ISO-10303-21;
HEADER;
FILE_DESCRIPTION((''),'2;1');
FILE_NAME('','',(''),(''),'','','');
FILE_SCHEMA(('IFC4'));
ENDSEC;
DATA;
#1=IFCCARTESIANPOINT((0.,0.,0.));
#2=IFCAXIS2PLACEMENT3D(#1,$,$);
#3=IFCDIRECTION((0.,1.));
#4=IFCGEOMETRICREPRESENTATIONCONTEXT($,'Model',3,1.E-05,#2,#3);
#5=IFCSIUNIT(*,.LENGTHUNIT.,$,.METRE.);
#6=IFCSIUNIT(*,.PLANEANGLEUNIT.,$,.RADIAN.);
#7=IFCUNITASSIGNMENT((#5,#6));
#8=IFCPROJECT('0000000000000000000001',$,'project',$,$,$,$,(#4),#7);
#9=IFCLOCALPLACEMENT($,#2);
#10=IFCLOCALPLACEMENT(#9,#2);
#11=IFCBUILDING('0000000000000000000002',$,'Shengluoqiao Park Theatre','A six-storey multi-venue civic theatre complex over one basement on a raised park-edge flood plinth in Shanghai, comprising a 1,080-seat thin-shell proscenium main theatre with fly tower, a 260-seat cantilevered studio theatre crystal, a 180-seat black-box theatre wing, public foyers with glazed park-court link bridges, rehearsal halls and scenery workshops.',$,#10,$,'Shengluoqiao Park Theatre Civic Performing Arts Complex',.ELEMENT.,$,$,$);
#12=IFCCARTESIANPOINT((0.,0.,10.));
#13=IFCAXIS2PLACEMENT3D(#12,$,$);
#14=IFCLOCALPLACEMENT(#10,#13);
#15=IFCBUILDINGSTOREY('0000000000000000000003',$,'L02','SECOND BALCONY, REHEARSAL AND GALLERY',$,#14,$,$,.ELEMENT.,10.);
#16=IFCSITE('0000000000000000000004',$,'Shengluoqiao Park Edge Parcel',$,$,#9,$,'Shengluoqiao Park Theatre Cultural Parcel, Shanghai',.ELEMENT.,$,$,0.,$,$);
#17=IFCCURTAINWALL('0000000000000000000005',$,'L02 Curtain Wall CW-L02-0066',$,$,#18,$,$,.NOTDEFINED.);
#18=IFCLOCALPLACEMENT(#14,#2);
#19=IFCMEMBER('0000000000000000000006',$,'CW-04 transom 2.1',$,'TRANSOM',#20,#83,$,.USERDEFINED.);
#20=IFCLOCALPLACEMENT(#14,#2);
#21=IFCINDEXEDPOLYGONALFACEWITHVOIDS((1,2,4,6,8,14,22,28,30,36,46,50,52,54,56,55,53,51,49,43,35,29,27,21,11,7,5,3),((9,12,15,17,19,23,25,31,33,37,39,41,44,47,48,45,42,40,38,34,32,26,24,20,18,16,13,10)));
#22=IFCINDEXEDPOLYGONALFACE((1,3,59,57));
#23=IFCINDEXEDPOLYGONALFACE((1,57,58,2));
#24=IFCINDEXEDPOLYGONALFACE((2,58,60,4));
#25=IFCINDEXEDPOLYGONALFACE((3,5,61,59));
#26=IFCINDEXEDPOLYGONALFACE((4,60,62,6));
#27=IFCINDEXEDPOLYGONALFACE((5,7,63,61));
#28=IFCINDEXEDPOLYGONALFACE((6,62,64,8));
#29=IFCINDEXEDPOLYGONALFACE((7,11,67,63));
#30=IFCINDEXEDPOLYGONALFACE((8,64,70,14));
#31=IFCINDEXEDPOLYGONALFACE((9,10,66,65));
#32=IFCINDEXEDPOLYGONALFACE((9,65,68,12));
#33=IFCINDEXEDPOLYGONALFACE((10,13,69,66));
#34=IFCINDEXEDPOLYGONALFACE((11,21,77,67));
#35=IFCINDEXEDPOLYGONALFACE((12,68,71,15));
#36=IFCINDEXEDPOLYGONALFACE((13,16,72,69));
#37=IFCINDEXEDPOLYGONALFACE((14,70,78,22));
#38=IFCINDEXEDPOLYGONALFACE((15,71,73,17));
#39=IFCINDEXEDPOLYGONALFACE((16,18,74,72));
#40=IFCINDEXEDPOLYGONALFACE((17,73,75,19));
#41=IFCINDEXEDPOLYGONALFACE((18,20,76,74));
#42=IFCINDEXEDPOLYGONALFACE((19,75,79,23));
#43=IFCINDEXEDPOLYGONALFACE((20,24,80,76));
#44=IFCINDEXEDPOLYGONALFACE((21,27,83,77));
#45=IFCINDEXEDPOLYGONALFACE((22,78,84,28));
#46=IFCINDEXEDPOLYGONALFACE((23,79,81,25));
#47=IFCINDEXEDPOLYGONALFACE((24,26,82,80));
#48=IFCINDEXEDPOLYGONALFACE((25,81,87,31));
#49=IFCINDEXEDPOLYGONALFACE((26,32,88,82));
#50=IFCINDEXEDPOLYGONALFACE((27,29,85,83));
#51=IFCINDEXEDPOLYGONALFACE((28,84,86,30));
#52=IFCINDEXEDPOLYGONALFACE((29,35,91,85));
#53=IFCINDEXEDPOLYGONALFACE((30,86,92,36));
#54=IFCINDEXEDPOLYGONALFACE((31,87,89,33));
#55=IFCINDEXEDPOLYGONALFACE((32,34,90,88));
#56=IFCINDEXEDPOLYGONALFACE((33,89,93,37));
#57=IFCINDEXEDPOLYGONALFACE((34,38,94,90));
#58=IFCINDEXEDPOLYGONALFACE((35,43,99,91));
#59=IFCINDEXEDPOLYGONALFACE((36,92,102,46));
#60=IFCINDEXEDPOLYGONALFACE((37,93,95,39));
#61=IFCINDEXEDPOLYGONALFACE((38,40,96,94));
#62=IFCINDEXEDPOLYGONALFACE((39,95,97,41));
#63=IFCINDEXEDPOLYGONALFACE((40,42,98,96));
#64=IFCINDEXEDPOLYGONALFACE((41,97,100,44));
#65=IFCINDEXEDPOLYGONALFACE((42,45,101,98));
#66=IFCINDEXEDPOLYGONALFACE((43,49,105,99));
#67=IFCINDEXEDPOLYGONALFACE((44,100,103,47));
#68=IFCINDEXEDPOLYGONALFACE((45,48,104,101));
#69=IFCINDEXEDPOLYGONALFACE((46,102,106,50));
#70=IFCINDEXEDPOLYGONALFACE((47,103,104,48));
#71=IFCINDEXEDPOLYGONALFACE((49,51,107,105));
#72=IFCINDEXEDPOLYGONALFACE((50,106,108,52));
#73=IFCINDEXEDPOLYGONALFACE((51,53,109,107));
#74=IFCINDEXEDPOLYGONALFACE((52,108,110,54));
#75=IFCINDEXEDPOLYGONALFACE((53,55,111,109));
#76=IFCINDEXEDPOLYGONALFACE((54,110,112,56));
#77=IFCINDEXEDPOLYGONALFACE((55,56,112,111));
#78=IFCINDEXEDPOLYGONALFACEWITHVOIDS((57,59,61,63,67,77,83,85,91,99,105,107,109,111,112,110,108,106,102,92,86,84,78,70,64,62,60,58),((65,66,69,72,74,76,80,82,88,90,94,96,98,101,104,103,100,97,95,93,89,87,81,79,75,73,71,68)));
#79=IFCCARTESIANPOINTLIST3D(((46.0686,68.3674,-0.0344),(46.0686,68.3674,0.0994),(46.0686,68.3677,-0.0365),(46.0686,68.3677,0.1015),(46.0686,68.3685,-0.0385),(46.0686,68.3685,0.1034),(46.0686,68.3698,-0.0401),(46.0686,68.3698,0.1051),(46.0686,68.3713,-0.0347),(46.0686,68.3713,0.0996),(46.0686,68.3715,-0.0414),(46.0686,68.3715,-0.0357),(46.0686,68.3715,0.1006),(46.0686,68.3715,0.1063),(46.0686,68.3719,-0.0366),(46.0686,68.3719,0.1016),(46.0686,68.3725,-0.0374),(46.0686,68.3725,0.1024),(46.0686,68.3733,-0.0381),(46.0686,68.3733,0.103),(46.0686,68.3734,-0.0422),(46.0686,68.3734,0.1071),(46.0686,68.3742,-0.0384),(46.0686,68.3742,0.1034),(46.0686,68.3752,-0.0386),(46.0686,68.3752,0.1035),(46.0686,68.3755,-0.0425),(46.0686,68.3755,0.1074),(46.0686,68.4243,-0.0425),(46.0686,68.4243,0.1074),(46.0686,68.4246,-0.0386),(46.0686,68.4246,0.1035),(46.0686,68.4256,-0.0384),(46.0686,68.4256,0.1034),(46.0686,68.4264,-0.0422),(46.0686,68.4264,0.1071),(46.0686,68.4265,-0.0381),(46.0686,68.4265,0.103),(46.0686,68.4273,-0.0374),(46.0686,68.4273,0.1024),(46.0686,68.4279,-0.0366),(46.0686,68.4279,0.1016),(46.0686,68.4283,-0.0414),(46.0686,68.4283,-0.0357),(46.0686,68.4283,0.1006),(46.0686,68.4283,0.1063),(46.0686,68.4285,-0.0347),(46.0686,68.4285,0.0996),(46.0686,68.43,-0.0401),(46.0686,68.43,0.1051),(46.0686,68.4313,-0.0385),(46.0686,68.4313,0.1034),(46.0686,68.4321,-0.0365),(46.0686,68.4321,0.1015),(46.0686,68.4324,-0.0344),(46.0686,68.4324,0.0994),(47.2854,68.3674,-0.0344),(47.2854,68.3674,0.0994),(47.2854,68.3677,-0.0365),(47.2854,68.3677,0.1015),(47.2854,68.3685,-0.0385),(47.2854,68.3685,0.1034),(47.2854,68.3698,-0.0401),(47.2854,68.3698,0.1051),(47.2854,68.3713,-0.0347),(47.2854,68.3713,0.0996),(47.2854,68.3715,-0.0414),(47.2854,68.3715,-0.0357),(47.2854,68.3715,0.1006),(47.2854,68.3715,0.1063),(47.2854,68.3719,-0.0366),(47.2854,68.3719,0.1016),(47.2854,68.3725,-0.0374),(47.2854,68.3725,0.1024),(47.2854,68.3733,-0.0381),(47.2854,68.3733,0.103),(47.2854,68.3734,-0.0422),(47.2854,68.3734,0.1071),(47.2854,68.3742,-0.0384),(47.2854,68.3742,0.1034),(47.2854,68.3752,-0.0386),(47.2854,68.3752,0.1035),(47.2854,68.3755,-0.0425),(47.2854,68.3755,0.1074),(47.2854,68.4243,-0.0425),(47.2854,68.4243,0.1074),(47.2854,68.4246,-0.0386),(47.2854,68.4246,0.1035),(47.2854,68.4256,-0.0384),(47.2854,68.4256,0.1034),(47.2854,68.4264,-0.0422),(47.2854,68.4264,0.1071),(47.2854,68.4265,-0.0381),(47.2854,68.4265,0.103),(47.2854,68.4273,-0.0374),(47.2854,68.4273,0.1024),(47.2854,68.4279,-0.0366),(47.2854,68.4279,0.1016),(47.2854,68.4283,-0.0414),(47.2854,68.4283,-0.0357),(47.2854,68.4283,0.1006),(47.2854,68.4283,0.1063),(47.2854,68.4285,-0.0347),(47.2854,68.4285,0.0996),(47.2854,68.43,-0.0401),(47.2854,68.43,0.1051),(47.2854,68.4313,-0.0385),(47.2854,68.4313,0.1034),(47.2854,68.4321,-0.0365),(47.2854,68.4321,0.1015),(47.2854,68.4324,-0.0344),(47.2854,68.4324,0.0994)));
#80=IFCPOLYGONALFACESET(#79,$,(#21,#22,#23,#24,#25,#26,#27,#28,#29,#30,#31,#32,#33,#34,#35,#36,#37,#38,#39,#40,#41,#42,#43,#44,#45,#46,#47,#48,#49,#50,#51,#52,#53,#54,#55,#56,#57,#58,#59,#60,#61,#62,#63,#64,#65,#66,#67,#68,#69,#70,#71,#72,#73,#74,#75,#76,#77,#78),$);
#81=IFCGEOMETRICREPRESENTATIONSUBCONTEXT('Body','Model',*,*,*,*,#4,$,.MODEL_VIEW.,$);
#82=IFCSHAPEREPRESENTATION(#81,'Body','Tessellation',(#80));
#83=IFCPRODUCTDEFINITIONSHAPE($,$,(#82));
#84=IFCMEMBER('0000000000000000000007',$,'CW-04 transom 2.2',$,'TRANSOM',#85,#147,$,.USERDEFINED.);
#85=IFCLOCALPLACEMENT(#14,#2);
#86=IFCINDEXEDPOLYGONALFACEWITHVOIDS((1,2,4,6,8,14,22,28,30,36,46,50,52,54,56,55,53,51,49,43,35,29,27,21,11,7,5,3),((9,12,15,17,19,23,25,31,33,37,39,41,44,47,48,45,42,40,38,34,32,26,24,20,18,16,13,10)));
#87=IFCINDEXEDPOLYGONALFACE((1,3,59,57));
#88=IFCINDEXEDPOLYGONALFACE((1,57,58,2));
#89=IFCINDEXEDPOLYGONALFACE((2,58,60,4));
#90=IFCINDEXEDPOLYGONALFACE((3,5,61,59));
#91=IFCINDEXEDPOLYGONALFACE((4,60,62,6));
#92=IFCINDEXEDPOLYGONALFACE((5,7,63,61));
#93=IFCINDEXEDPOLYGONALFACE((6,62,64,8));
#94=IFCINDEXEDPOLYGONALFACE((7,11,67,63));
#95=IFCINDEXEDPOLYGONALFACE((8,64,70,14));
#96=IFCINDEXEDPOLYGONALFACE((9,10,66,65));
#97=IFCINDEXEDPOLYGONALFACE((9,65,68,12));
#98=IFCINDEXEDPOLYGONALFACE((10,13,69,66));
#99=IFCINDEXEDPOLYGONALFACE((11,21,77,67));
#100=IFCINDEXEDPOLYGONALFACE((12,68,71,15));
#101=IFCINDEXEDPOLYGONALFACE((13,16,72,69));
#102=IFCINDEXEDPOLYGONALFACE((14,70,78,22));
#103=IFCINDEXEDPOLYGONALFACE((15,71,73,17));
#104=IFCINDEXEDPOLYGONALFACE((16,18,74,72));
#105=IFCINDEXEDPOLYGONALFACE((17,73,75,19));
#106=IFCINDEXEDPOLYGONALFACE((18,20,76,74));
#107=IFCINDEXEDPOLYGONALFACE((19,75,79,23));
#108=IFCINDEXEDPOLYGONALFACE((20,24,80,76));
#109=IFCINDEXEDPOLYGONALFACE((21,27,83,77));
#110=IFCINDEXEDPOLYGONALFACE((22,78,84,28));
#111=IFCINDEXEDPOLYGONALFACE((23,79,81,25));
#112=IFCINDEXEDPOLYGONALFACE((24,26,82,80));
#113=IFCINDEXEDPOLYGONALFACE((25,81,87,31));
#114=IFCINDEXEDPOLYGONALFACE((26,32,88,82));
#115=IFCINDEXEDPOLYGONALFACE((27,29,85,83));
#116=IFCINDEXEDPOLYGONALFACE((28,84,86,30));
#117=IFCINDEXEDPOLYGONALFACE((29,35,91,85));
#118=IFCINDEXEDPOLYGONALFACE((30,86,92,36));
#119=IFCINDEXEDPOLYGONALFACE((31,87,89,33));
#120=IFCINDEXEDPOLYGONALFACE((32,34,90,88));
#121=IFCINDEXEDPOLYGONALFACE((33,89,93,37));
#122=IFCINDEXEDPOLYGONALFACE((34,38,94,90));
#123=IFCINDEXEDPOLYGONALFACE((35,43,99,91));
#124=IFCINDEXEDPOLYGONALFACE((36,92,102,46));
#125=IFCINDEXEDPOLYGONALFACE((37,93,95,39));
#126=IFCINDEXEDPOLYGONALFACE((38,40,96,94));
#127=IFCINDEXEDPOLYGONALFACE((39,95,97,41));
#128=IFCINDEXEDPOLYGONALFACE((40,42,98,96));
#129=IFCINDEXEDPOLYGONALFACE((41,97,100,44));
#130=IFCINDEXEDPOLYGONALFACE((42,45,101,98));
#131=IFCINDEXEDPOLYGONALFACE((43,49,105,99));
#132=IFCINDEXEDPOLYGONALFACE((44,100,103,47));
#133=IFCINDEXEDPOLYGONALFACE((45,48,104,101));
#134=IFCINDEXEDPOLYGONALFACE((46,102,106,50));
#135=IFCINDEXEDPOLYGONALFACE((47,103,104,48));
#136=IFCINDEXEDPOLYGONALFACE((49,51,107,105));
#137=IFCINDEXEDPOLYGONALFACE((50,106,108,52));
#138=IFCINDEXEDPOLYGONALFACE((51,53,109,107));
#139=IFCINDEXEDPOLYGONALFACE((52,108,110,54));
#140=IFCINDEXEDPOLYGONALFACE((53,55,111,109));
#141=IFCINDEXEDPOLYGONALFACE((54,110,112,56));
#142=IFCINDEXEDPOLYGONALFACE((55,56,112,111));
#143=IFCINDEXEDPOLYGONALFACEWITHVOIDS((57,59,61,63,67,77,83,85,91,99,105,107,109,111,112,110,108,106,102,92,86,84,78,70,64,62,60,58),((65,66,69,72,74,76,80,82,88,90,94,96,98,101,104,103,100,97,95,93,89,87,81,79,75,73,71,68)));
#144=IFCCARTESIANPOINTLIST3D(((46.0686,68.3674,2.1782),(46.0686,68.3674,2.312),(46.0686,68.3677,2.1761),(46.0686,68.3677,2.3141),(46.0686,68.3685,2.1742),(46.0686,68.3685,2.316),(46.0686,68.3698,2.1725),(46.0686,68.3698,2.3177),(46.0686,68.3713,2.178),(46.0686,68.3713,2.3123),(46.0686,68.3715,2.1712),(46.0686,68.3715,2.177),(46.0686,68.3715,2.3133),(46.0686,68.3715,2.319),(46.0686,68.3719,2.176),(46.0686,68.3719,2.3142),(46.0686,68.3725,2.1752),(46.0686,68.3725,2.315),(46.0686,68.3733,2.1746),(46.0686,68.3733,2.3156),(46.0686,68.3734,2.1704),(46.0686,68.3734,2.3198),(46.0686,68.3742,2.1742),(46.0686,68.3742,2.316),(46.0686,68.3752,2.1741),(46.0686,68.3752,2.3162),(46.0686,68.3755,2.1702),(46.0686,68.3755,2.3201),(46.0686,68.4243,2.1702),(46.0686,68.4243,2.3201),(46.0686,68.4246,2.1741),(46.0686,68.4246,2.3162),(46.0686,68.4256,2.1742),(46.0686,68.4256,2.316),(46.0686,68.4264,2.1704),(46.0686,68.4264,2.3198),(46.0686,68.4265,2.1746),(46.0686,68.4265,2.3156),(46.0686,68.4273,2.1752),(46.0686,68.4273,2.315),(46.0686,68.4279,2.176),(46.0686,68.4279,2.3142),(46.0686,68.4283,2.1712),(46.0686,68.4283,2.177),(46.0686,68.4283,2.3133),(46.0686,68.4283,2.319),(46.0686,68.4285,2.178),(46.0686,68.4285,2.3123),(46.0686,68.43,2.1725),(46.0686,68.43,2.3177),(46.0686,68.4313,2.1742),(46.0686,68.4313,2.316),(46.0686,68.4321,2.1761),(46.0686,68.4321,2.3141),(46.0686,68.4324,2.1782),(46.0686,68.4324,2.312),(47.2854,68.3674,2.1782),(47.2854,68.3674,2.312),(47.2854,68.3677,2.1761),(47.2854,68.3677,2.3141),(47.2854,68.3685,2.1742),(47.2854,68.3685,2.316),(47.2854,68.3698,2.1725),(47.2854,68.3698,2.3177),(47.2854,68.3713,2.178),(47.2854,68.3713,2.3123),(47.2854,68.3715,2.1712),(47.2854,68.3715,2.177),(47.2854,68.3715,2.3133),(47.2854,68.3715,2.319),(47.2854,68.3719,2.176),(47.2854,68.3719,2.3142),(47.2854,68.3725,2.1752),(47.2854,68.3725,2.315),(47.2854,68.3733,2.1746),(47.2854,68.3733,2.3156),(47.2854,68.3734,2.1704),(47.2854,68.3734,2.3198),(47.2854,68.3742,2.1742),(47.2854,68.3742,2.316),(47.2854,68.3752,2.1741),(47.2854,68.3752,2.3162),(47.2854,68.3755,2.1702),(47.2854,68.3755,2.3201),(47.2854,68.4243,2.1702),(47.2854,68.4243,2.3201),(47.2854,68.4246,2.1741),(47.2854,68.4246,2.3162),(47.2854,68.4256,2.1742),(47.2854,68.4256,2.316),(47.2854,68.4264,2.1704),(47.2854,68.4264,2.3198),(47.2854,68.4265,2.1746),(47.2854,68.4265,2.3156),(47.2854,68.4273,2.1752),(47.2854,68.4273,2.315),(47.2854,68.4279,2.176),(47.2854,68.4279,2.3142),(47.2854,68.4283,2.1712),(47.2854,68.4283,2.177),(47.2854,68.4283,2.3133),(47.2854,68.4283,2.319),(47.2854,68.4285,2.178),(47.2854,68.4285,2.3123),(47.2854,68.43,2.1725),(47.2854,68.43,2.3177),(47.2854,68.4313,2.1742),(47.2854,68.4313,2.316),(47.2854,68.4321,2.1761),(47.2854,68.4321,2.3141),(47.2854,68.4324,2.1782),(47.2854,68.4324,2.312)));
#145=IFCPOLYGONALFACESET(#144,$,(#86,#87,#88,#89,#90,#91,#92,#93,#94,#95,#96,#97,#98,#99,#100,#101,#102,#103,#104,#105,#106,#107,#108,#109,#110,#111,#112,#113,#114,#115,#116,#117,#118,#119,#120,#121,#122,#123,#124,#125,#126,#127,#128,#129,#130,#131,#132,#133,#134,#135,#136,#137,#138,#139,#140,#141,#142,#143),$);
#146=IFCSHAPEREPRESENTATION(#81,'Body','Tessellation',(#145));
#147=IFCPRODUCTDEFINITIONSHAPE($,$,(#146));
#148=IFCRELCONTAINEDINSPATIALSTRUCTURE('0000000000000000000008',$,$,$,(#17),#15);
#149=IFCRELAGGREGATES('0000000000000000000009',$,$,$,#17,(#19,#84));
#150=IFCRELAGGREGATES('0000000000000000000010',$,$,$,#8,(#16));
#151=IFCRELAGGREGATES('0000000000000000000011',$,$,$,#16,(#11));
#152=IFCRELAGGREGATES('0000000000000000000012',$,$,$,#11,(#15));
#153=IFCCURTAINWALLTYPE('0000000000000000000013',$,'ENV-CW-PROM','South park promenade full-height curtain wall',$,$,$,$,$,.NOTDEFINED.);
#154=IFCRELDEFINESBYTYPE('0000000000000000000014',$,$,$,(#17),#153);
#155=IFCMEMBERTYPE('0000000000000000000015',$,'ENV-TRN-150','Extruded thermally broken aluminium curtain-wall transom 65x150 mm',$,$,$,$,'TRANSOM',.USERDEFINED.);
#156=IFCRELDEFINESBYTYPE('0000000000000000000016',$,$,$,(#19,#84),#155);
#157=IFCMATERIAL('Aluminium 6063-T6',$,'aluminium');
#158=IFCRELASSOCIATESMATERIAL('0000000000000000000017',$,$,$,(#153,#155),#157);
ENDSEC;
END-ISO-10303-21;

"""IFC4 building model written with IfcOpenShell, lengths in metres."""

from ifc_helpers import new_model, si_unit, direction, frame, origin, origin_2d, place, context, subcontext, project, spatial, hollow_rectangle, extrude, material, material_profile, profile_set, type_object, element, aggregate, save


model = new_model("IFC4")

# Units and contexts
model_context = context("Model", 3, precision=1e-05, world=origin(), true_north=direction((0.0, 1.0)))
body_context = subcontext(model_context, "Body", "Model", "MODEL_VIEW")
ifc_project = project(units=[si_unit("LENGTHUNIT", "METRE"), si_unit("PLANEANGLEUNIT", "RADIAN")], contexts=[model_context])

# Site, building, storey
site_placement = place(None, origin())
site = spatial("IfcSite", under=ifc_project, at=site_placement, Name="Shengluoqiao Park Edge Parcel", LongName="Shengluoqiao Park Theatre Cultural Parcel, Shanghai", CompositionType="ELEMENT", RefElevation=0.0)
building_placement = place(site_placement, origin())
building = spatial("IfcBuilding", under=site, at=building_placement, Name="Shengluoqiao Park Theatre", Description="A six-storey multi-venue civic theatre complex over one basement on a raised park-edge flood plinth in Shanghai, comprising a 1,080-seat thin-shell proscenium main theatre with fly tower, a 260-seat cantilevered studio theatre crystal, a 180-seat black-box theatre wing, public foyers with glazed park-court link bridges, rehearsal halls and scenery workshops.", LongName="Shengluoqiao Park Theatre Civic Performing Arts Complex", CompositionType="ELEMENT")
storey_placement = place(building_placement, frame((0.0, 0.0, 10.0)))
storey = spatial("IfcBuildingStorey", under=building, at=storey_placement, Name="L02", Description="SECOND BALCONY, REHEARSAL AND GALLERY", CompositionType="ELEMENT", Elevation=10.0)

# Curtain wall
ifc_material_1 = material(Name="Aluminium 6063-T6", Category="aluminium")
curtain_wall_type = type_object("IfcCurtainWallType", Name="ENV-CW-PROM", Description="South park promenade full-height curtain wall", PredefinedType="NOTDEFINED", material=ifc_material_1)
curtain_wall_1_placement = place(storey_placement, origin())
curtain_wall_1 = element("IfcCurtainWall", 1, at=curtain_wall_1_placement, inside=storey, type_object=curtain_wall_type, Name="L02 Curtain Wall CW-L02-0066", PredefinedType="NOTDEFINED")

# Members
ifc_material_profile_1 = material_profile(ifc_material_1, hollow_rectangle(XDim=0.0649, YDim=0.1499, WallThickness=0.0039, InnerFilletRadius=0.0039, OuterFilletRadius=0.0081, at=origin_2d()), Name="ALU TRANSOM 150x65x4")
ifc_profile_set_1 = profile_set([ifc_material_profile_1], Name="Aluminium 6063-T6")
member_type_1 = type_object("IfcMemberType", Name="ENV-TRN-150", Description="Extruded thermally broken aluminium curtain-wall transom 65x150 mm", ElementType="TRANSOM", PredefinedType="USERDEFINED", material=ifc_profile_set_1)
member_1_placement = place(storey_placement, frame((46.0686, 68.3999, 0.0325), z_axis=(1.0, 0.0, 0.0), x_axis=(0.0, 1.0, 0.0)))
member_1 = element("IfcMember", 2, at=member_1_placement, type_object=member_type_1, Name="CW-04 transom 2.1", ObjectType="TRANSOM", PredefinedType="USERDEFINED", context=body_context, shape_type="SweptSolid", body=[
    extrude(hollow_rectangle(XDim=0.0649, YDim=0.1499, WallThickness=0.0039, InnerFilletRadius=0.0039, OuterFilletRadius=0.0081, at=origin_2d()), origin(), (0.0, 0.0, 1.0), 1.2168),
])
member_2_placement = place(storey_placement, frame((46.0686, 68.3999, 2.2451), z_axis=(1.0, 0.0, 0.0), x_axis=(0.0, 1.0, 0.0)))
member_2 = element("IfcMember", 3, at=member_2_placement, type_object=member_type_1, Name="CW-04 transom 2.2", ObjectType="TRANSOM", PredefinedType="USERDEFINED", context=body_context, shape_type="SweptSolid", body=[
    extrude(hollow_rectangle(XDim=0.0649, YDim=0.1499, WallThickness=0.0039, InnerFilletRadius=0.0039, OuterFilletRadius=0.0081, at=origin_2d()), origin(), (0.0, 0.0, 1.0), 1.2168),
])

aggregate(curtain_wall_1, [member_1, member_2])

save(model, "model.ifc")
